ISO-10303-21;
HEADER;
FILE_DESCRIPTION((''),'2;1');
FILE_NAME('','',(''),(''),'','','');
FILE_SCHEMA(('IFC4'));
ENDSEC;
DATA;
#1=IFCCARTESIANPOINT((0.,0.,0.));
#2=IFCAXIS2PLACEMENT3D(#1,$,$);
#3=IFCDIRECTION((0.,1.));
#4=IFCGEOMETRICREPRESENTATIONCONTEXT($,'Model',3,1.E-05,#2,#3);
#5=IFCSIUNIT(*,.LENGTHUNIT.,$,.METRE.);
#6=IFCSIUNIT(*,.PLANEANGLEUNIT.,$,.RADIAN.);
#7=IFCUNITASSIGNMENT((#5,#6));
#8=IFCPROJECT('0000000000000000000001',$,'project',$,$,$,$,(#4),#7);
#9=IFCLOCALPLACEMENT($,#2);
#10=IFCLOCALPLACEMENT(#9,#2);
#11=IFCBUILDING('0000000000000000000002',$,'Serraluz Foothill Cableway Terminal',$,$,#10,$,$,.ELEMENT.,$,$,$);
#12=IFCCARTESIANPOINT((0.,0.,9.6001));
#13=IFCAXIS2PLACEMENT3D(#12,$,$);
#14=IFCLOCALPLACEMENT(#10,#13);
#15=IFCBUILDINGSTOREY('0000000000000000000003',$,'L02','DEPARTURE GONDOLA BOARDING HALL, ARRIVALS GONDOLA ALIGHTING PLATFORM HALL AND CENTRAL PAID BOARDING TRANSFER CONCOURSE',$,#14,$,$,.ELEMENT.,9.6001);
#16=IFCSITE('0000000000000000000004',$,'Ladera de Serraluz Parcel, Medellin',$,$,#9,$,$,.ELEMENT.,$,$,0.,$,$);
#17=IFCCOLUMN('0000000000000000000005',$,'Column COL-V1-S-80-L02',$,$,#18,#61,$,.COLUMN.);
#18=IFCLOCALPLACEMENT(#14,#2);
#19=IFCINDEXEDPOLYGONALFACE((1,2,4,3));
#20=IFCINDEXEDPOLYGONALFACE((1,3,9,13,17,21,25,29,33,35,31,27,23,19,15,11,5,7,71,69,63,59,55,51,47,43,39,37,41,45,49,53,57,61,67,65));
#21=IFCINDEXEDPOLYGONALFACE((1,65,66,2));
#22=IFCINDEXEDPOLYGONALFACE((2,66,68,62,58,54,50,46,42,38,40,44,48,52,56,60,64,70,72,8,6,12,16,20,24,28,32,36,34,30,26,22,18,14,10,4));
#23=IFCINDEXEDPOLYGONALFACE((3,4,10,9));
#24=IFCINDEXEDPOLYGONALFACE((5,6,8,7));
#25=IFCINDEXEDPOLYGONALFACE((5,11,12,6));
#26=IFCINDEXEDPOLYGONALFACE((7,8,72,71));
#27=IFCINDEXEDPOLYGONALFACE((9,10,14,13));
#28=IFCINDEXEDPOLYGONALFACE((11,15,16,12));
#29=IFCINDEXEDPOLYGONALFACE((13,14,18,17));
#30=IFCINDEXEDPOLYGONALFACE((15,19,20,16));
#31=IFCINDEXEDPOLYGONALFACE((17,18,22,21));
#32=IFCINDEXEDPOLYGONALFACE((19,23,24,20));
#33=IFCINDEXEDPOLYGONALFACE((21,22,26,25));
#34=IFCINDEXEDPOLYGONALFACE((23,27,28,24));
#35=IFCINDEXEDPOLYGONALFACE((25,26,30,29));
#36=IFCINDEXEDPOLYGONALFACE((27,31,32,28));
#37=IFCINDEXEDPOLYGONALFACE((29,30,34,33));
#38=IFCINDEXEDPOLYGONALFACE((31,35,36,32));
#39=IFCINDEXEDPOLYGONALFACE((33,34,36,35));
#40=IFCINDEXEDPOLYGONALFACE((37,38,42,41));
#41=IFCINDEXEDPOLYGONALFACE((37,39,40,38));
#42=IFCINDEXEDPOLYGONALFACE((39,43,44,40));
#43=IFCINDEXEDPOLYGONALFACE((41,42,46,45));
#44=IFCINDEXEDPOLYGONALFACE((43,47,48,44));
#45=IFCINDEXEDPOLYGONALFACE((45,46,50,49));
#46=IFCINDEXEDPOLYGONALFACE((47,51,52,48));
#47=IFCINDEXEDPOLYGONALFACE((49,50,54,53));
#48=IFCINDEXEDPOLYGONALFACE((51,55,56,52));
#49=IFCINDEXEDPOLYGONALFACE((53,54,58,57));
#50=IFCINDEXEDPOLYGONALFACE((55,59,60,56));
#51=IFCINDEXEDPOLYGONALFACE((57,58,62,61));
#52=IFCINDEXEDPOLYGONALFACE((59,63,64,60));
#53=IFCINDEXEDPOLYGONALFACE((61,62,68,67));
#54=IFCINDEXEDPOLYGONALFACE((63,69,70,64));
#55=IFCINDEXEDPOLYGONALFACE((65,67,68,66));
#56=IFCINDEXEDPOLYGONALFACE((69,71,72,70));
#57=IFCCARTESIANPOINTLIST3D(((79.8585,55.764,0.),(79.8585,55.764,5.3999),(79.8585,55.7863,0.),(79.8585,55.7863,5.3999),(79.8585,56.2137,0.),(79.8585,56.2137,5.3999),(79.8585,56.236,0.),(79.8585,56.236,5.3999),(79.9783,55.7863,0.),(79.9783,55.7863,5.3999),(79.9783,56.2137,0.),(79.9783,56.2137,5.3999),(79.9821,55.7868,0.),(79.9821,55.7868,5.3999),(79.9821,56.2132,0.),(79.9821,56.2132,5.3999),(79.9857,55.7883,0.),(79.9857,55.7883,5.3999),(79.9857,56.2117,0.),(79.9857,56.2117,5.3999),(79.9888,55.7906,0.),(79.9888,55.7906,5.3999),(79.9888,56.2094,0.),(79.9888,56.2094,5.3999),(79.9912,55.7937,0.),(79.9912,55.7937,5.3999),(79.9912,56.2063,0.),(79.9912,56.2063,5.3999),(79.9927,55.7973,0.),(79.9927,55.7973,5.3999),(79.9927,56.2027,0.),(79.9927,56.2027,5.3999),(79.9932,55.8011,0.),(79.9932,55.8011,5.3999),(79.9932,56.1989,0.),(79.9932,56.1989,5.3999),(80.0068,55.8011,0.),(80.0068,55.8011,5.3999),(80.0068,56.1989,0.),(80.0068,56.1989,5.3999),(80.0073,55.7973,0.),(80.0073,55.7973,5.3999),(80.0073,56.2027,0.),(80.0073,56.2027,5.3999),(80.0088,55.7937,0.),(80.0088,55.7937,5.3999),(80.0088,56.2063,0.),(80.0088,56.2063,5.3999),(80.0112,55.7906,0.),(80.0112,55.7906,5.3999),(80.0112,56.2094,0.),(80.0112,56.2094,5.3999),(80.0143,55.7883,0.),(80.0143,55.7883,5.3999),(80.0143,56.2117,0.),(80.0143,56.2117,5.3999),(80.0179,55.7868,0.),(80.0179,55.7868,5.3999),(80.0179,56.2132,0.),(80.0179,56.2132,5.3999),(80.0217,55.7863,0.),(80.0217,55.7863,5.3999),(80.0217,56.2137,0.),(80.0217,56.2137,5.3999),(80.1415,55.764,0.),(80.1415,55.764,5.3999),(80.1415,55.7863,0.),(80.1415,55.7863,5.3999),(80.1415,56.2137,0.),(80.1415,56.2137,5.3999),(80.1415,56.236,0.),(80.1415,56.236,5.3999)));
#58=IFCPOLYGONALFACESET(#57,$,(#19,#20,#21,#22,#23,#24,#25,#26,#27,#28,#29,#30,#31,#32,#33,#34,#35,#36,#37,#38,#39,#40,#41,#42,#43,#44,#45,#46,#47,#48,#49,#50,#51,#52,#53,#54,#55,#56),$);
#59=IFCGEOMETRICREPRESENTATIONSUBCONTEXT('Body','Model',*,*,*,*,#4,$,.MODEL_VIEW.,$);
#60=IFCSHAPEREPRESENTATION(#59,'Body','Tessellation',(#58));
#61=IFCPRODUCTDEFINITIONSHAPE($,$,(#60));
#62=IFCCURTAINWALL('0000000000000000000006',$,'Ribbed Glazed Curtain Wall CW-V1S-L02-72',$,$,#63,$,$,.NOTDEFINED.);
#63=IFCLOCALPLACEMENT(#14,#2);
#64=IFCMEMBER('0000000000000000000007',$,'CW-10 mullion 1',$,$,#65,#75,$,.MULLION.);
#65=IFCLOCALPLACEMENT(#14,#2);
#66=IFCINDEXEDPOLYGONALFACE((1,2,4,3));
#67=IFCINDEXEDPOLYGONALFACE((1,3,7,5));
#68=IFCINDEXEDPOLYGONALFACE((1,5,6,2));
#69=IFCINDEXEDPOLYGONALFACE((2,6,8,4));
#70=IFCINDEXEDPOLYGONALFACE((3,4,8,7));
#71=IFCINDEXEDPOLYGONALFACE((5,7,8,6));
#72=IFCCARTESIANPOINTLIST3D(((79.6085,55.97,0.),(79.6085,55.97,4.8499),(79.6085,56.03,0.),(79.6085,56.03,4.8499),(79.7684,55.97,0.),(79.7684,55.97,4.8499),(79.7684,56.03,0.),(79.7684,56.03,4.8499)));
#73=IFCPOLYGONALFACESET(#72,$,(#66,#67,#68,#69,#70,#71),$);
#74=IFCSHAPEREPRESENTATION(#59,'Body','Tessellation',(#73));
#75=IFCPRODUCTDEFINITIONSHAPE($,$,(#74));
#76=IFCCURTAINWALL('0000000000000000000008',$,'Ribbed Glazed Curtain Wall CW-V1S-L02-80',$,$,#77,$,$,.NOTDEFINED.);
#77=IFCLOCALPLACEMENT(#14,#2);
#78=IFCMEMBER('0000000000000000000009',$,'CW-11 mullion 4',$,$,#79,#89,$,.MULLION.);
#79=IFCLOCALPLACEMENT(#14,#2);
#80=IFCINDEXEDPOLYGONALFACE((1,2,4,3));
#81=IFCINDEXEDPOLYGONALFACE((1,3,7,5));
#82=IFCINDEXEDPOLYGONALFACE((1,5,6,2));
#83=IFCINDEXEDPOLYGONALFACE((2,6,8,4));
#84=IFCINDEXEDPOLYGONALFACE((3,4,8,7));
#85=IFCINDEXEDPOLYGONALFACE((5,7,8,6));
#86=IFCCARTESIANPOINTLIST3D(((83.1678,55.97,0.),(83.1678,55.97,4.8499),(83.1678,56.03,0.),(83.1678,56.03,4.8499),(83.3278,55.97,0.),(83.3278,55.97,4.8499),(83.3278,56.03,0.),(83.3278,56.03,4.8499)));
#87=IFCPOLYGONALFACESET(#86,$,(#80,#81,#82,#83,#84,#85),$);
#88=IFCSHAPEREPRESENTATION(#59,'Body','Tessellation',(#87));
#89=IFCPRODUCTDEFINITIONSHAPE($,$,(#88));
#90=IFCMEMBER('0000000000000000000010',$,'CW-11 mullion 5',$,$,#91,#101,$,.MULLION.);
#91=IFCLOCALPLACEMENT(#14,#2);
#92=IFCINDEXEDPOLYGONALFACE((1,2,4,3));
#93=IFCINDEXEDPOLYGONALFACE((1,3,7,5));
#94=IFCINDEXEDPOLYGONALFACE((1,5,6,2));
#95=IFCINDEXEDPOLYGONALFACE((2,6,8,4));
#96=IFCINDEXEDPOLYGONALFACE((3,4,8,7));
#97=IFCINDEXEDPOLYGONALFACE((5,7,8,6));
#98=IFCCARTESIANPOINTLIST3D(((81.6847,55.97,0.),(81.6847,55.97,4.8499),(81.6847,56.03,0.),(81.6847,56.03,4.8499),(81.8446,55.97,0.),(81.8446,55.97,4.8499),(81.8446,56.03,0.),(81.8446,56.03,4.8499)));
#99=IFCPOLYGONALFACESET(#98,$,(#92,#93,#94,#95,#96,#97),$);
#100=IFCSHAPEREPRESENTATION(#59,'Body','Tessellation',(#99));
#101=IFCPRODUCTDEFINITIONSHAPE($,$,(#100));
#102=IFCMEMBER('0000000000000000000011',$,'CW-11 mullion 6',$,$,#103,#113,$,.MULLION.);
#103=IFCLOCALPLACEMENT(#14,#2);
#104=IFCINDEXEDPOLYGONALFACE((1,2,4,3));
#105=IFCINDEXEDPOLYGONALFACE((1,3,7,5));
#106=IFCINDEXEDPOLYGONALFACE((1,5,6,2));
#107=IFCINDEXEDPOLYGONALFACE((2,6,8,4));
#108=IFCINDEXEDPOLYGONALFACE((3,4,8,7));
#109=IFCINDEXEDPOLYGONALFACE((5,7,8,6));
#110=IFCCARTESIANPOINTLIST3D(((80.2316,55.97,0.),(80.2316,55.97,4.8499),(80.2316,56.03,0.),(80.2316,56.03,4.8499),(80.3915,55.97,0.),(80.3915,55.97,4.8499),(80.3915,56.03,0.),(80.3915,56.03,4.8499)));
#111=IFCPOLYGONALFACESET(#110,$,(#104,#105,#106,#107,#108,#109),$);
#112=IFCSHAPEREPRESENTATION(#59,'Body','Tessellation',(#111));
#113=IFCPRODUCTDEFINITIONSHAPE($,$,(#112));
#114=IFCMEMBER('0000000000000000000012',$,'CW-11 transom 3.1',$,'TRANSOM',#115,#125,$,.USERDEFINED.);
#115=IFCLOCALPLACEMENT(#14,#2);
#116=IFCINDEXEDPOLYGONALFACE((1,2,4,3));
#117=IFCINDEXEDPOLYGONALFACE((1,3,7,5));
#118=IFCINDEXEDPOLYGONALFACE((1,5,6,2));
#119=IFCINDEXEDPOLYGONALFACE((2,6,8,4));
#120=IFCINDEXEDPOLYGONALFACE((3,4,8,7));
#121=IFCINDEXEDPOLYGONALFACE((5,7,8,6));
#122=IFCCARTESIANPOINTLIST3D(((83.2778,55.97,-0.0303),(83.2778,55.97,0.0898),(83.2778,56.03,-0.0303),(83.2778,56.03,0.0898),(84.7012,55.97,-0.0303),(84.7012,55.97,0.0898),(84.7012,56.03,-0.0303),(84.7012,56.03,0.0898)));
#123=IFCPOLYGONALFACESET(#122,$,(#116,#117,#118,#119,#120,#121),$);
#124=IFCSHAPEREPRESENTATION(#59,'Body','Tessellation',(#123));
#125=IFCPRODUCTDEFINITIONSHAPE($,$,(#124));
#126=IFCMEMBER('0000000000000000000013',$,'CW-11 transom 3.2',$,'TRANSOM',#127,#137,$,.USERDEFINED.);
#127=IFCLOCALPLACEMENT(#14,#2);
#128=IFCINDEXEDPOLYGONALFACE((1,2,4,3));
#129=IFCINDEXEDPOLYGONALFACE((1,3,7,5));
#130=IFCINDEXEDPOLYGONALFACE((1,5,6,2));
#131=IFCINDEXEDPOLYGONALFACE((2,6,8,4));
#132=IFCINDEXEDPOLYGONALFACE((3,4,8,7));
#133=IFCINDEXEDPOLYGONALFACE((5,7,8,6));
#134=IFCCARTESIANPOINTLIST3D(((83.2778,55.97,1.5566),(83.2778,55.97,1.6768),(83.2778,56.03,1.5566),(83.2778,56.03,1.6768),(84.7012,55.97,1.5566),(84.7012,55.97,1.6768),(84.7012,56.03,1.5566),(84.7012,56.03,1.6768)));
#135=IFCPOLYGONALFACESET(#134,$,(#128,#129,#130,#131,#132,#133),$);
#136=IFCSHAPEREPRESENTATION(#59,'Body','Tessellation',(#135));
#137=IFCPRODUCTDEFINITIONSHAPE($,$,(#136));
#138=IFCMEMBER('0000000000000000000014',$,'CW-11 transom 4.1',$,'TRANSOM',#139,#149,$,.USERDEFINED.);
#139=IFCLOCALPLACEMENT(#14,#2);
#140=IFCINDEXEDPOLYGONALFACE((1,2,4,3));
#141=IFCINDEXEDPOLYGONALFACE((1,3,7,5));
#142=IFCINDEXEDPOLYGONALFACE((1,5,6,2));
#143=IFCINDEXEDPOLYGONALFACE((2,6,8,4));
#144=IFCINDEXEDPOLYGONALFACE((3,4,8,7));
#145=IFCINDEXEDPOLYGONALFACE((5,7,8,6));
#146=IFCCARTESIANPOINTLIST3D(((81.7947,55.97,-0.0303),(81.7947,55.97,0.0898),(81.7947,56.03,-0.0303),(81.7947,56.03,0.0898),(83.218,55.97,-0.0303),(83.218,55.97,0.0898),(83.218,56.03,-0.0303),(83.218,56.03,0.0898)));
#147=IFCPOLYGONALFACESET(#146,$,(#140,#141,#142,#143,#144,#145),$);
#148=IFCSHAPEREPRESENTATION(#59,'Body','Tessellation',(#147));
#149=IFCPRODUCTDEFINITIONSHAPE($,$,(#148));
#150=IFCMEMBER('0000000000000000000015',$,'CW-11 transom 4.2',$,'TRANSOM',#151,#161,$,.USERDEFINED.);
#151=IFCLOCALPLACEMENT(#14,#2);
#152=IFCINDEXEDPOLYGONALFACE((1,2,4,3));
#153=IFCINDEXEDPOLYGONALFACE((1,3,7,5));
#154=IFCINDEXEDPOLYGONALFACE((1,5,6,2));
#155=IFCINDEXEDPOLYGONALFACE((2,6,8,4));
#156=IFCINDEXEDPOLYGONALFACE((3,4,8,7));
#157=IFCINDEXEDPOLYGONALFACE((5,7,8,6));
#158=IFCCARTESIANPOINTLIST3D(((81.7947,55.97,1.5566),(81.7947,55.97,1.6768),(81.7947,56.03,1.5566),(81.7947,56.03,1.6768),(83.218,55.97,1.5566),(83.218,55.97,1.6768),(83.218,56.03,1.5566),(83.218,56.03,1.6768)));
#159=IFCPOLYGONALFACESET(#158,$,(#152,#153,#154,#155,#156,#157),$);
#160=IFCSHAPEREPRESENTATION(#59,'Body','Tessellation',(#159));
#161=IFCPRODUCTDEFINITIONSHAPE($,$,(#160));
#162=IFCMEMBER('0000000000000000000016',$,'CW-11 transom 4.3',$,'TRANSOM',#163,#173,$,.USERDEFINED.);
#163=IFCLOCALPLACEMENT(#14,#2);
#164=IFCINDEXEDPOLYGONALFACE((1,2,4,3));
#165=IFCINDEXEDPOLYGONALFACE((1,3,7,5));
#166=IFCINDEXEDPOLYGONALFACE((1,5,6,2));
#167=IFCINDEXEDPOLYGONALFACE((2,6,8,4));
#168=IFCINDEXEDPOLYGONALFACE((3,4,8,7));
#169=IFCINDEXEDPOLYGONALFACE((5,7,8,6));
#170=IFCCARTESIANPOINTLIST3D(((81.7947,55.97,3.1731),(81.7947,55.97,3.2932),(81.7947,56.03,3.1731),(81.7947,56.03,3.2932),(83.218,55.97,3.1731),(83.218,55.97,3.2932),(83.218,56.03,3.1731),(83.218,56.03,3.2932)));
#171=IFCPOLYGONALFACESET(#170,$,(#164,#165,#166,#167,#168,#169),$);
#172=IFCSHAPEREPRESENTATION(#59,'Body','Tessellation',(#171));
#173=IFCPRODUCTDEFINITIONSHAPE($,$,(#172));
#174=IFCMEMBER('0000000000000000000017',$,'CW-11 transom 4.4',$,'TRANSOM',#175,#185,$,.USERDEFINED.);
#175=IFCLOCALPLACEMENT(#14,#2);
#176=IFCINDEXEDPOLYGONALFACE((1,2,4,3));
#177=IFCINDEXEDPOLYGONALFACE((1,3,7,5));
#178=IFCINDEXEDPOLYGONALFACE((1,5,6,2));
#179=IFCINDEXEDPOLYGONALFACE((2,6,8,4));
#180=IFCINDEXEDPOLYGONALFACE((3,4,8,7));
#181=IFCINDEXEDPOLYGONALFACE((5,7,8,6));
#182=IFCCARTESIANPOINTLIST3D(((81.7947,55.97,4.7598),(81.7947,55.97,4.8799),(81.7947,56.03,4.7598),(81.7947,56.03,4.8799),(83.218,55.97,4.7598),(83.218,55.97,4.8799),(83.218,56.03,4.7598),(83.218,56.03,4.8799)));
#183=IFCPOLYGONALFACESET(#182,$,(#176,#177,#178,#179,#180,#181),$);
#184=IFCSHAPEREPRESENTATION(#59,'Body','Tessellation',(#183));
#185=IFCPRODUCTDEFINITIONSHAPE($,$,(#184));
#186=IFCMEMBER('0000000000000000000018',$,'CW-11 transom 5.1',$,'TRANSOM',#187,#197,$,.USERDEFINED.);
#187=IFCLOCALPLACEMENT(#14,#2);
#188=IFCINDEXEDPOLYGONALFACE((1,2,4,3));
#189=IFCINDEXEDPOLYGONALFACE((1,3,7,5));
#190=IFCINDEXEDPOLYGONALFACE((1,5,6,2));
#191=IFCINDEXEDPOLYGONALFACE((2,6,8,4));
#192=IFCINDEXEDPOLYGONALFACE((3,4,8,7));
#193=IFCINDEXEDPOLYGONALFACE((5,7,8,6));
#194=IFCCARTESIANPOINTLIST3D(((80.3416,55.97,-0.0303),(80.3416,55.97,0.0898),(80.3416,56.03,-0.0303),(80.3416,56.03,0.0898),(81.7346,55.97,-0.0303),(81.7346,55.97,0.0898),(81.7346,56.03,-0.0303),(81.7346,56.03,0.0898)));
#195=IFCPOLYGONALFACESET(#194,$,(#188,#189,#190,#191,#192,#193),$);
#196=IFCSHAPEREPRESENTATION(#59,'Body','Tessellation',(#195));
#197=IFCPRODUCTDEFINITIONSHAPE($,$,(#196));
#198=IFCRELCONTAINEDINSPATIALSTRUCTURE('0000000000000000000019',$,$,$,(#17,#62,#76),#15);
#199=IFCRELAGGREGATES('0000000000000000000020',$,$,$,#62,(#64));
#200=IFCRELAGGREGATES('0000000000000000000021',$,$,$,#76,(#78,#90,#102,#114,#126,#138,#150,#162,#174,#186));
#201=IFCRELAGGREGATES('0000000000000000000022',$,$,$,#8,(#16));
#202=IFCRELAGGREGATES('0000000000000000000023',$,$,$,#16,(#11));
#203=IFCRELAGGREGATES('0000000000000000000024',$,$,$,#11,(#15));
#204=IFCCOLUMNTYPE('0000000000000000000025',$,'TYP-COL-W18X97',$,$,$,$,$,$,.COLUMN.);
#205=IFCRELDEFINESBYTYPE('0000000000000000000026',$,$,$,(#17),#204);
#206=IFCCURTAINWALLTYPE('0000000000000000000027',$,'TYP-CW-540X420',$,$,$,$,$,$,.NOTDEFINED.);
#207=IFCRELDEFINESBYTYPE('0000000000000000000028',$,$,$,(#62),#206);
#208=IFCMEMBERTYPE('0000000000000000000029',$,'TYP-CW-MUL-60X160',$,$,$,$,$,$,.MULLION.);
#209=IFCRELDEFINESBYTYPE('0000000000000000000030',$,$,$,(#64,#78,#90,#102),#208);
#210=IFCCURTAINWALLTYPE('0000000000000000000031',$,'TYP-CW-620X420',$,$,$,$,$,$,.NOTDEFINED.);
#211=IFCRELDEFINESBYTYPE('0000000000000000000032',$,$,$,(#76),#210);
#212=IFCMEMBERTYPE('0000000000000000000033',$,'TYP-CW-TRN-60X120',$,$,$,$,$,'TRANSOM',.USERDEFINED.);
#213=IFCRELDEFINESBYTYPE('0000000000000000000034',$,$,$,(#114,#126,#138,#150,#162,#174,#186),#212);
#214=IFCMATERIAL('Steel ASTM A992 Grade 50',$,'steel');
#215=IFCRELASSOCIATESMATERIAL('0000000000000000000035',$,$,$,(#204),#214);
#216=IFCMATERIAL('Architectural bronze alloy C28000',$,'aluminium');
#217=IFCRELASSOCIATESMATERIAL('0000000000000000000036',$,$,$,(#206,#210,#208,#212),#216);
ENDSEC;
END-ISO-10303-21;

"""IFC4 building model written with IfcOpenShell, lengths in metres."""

from ifc_helpers import new_model, si_unit, direction, frame, origin, origin_2d, place, context, subcontext, project, spatial, rectangle, i_section, extrude, material, material_profile, profile_set, type_object, element, aggregate, save


model = new_model("IFC4")

# Units and contexts
model_context = context("Model", 3, precision=1e-05, world=origin(), true_north=direction((0.0, 1.0)))
body_context = subcontext(model_context, "Body", "Model", "MODEL_VIEW")
ifc_project = project(units=[si_unit("LENGTHUNIT", "METRE"), si_unit("PLANEANGLEUNIT", "RADIAN")], contexts=[model_context])

# Site, building, storey
site_placement = place(None, origin())
site = spatial("IfcSite", under=ifc_project, at=site_placement, Name="Ladera de Serraluz Parcel, Medellin", CompositionType="ELEMENT", RefElevation=0.0)
building_placement = place(site_placement, origin())
building = spatial("IfcBuilding", under=site, at=building_placement, Name="Serraluz Foothill Cableway Terminal", CompositionType="ELEMENT")
storey_placement = place(building_placement, frame((0.0, 0.0, 9.6001)))
storey = spatial("IfcBuildingStorey", under=building, at=storey_placement, Name="L02", Description="DEPARTURE GONDOLA BOARDING HALL, ARRIVALS GONDOLA ALIGHTING PLATFORM HALL AND CENTRAL PAID BOARDING TRANSFER CONCOURSE", CompositionType="ELEMENT", Elevation=9.6001)

# Column
ifc_material_1 = material(Name="Steel ASTM A992 Grade 50", Category="steel")
ifc_material_profile_1 = material_profile(ifc_material_1, i_section(OverallWidth=0.283, OverallDepth=0.4719, WebThickness=0.0137, FlangeThickness=0.0222, FilletRadius=0.0149, at=origin_2d()), Name="W18X97")
ifc_profile_set_1 = profile_set([ifc_material_profile_1], Name="Steel ASTM A992 Grade 50")
column_type = type_object("IfcColumnType", Name="TYP-COL-W18X97", PredefinedType="COLUMN", material=ifc_profile_set_1)
column_placement = place(storey_placement, frame((80.0, 56.0, 0.0), z_axis=(0.0, 0.0, 1.0), x_axis=(1.0, 0.0, 0.0)))
element("IfcColumn", 1, at=column_placement, inside=storey, type_object=column_type, Name="Column COL-V1-S-80-L02", PredefinedType="COLUMN", context=body_context, shape_type="SweptSolid", body=[
    extrude(i_section(OverallWidth=0.283, OverallDepth=0.4719, WebThickness=0.0137, FlangeThickness=0.0222, FilletRadius=0.0149, at=origin_2d()), origin(), (0.0, 0.0, 1.0), 5.3999),
])

# Curtain wall, member
ifc_material_2 = material(Name="Architectural bronze alloy C28000", Category="aluminium")
curtain_wall_type_1 = type_object("IfcCurtainWallType", Name="TYP-CW-540X420", PredefinedType="NOTDEFINED", material=ifc_material_2)
curtain_wall_1_placement = place(storey_placement, origin())
curtain_wall_1 = element("IfcCurtainWall", 2, at=curtain_wall_1_placement, inside=storey, type_object=curtain_wall_type_1, Name="Ribbed Glazed Curtain Wall CW-V1S-L02-72", PredefinedType="NOTDEFINED")
ifc_material_profile_2 = material_profile(ifc_material_2, rectangle(XDim=0.0601, YDim=0.1599, at=origin_2d()), Name="ALU MULLION 60x160")
ifc_profile_set_2 = profile_set([ifc_material_profile_2], Name="Architectural bronze alloy C28000")
member_type_1 = type_object("IfcMemberType", Name="TYP-CW-MUL-60X160", PredefinedType="MULLION", material=ifc_profile_set_2)
member_1_placement = place(storey_placement, frame((79.6885, 56.0, 0.0), z_axis=(0.0, 0.0, 1.0), x_axis=(0.0, -1.0, 0.0)))
member_1 = element("IfcMember", 3, at=member_1_placement, type_object=member_type_1, Name="CW-10 mullion 1", PredefinedType="MULLION", context=body_context, shape_type="SweptSolid", body=[
    extrude(rectangle(XDim=0.0601, YDim=0.1599, at=origin_2d()), origin(), (0.0, 0.0, 1.0), 4.8499),
])
aggregate(curtain_wall_1, [member_1])

# Curtain wall, members
curtain_wall_type_2 = type_object("IfcCurtainWallType", Name="TYP-CW-620X420", PredefinedType="NOTDEFINED", material=ifc_material_2)
curtain_wall_2_placement = place(storey_placement, origin())
curtain_wall_2 = element("IfcCurtainWall", 4, at=curtain_wall_2_placement, inside=storey, type_object=curtain_wall_type_2, Name="Ribbed Glazed Curtain Wall CW-V1S-L02-80", PredefinedType="NOTDEFINED")
member_2_placement = place(storey_placement, frame((83.2478, 56.0, 0.0), z_axis=(0.0, 0.0, 1.0), x_axis=(0.0, -1.0, 0.0)))
member_2 = element("IfcMember", 5, at=member_2_placement, type_object=member_type_1, Name="CW-11 mullion 4", PredefinedType="MULLION", context=body_context, shape_type="SweptSolid", body=[
    extrude(rectangle(XDim=0.0601, YDim=0.1599, at=origin_2d()), origin(), (0.0, 0.0, 1.0), 4.8499),
])
member_3_placement = place(storey_placement, frame((81.7646, 56.0, 0.0), z_axis=(0.0, 0.0, 1.0), x_axis=(0.0, -1.0, 0.0)))
member_3 = element("IfcMember", 6, at=member_3_placement, type_object=member_type_1, Name="CW-11 mullion 5", PredefinedType="MULLION", context=body_context, shape_type="SweptSolid", body=[
    extrude(rectangle(XDim=0.0601, YDim=0.1599, at=origin_2d()), origin(), (0.0, 0.0, 1.0), 4.8499),
])
member_4_placement = place(storey_placement, frame((80.3115, 56.0, 0.0), z_axis=(0.0, 0.0, 1.0), x_axis=(0.0, -1.0, 0.0)))
member_4 = element("IfcMember", 7, at=member_4_placement, type_object=member_type_1, Name="CW-11 mullion 6", PredefinedType="MULLION", context=body_context, shape_type="SweptSolid", body=[
    extrude(rectangle(XDim=0.0601, YDim=0.1599, at=origin_2d()), origin(), (0.0, 0.0, 1.0), 4.8499),
])
ifc_material_profile_3 = material_profile(ifc_material_2, rectangle(XDim=0.0601, YDim=0.1201, at=origin_2d()), Name="ALU TRANSOM 60x120")
ifc_profile_set_3 = profile_set([ifc_material_profile_3], Name="Architectural bronze alloy C28000")
member_type_2 = type_object("IfcMemberType", Name="TYP-CW-TRN-60X120", ElementType="TRANSOM", PredefinedType="USERDEFINED", material=ifc_profile_set_3)
member_5_placement = place(storey_placement, frame((84.7012, 56.0, 0.0298), z_axis=(-1.0, 0.0, 0.0), x_axis=(0.0, -1.0, 0.0)))
member_5 = element("IfcMember", 8, at=member_5_placement, type_object=member_type_2, Name="CW-11 transom 3.1", ObjectType="TRANSOM", PredefinedType="USERDEFINED", context=body_context, shape_type="SweptSolid", body=[
    extrude(rectangle(XDim=0.0601, YDim=0.1201, at=origin_2d()), origin(), (0.0, 0.0, 1.0), 1.4233),
])
member_6_placement = place(storey_placement, frame((84.7012, 56.0, 1.6167), z_axis=(-1.0, 0.0, 0.0), x_axis=(0.0, -1.0, 0.0)))
member_6 = element("IfcMember", 9, at=member_6_placement, type_object=member_type_2, Name="CW-11 transom 3.2", ObjectType="TRANSOM", PredefinedType="USERDEFINED", context=body_context, shape_type="SweptSolid", body=[
    extrude(rectangle(XDim=0.0601, YDim=0.1201, at=origin_2d()), origin(), (0.0, 0.0, 1.0), 1.4233),
])
member_7_placement = place(storey_placement, frame((83.218, 56.0, 0.0298), z_axis=(-1.0, 0.0, 0.0), x_axis=(0.0, -1.0, 0.0)))
member_7 = element("IfcMember", 10, at=member_7_placement, type_object=member_type_2, Name="CW-11 transom 4.1", ObjectType="TRANSOM", PredefinedType="USERDEFINED", context=body_context, shape_type="SweptSolid", body=[
    extrude(rectangle(XDim=0.0601, YDim=0.1201, at=origin_2d()), origin(), (0.0, 0.0, 1.0), 1.4233),
])
member_8_placement = place(storey_placement, frame((83.218, 56.0, 1.6167), z_axis=(-1.0, 0.0, 0.0), x_axis=(0.0, -1.0, 0.0)))
member_8 = element("IfcMember", 11, at=member_8_placement, type_object=member_type_2, Name="CW-11 transom 4.2", ObjectType="TRANSOM", PredefinedType="USERDEFINED", context=body_context, shape_type="SweptSolid", body=[
    extrude(rectangle(XDim=0.0601, YDim=0.1201, at=origin_2d()), origin(), (0.0, 0.0, 1.0), 1.4233),
])
member_9_placement = place(storey_placement, frame((83.218, 56.0, 3.2332), z_axis=(-1.0, 0.0, 0.0), x_axis=(0.0, -1.0, 0.0)))
member_9 = element("IfcMember", 12, at=member_9_placement, type_object=member_type_2, Name="CW-11 transom 4.3", ObjectType="TRANSOM", PredefinedType="USERDEFINED", context=body_context, shape_type="SweptSolid", body=[
    extrude(rectangle(XDim=0.0601, YDim=0.1201, at=origin_2d()), origin(), (0.0, 0.0, 1.0), 1.4233),
])
member_10_placement = place(storey_placement, frame((83.218, 56.0, 4.8198), z_axis=(-1.0, 0.0, 0.0), x_axis=(0.0, -1.0, 0.0)))
member_10 = element("IfcMember", 13, at=member_10_placement, type_object=member_type_2, Name="CW-11 transom 4.4", ObjectType="TRANSOM", PredefinedType="USERDEFINED", context=body_context, shape_type="SweptSolid", body=[
    extrude(rectangle(XDim=0.0601, YDim=0.1201, at=origin_2d()), origin(), (0.0, 0.0, 1.0), 1.4233),
])
member_11_placement = place(storey_placement, frame((81.7346, 56.0, 0.0298), z_axis=(-1.0, 0.0, 0.0), x_axis=(0.0, -1.0, 0.0)))
member_11 = element("IfcMember", 14, at=member_11_placement, type_object=member_type_2, Name="CW-11 transom 5.1", ObjectType="TRANSOM", PredefinedType="USERDEFINED", context=body_context, shape_type="SweptSolid", body=[
    extrude(rectangle(XDim=0.0601, YDim=0.1201, at=origin_2d()), origin(), (0.0, 0.0, 1.0), 1.3931),
])

aggregate(curtain_wall_2, [member_2, member_3, member_4, member_5, member_6, member_7, member_8, member_9, member_10, member_11])

save(model, "model.ifc")
